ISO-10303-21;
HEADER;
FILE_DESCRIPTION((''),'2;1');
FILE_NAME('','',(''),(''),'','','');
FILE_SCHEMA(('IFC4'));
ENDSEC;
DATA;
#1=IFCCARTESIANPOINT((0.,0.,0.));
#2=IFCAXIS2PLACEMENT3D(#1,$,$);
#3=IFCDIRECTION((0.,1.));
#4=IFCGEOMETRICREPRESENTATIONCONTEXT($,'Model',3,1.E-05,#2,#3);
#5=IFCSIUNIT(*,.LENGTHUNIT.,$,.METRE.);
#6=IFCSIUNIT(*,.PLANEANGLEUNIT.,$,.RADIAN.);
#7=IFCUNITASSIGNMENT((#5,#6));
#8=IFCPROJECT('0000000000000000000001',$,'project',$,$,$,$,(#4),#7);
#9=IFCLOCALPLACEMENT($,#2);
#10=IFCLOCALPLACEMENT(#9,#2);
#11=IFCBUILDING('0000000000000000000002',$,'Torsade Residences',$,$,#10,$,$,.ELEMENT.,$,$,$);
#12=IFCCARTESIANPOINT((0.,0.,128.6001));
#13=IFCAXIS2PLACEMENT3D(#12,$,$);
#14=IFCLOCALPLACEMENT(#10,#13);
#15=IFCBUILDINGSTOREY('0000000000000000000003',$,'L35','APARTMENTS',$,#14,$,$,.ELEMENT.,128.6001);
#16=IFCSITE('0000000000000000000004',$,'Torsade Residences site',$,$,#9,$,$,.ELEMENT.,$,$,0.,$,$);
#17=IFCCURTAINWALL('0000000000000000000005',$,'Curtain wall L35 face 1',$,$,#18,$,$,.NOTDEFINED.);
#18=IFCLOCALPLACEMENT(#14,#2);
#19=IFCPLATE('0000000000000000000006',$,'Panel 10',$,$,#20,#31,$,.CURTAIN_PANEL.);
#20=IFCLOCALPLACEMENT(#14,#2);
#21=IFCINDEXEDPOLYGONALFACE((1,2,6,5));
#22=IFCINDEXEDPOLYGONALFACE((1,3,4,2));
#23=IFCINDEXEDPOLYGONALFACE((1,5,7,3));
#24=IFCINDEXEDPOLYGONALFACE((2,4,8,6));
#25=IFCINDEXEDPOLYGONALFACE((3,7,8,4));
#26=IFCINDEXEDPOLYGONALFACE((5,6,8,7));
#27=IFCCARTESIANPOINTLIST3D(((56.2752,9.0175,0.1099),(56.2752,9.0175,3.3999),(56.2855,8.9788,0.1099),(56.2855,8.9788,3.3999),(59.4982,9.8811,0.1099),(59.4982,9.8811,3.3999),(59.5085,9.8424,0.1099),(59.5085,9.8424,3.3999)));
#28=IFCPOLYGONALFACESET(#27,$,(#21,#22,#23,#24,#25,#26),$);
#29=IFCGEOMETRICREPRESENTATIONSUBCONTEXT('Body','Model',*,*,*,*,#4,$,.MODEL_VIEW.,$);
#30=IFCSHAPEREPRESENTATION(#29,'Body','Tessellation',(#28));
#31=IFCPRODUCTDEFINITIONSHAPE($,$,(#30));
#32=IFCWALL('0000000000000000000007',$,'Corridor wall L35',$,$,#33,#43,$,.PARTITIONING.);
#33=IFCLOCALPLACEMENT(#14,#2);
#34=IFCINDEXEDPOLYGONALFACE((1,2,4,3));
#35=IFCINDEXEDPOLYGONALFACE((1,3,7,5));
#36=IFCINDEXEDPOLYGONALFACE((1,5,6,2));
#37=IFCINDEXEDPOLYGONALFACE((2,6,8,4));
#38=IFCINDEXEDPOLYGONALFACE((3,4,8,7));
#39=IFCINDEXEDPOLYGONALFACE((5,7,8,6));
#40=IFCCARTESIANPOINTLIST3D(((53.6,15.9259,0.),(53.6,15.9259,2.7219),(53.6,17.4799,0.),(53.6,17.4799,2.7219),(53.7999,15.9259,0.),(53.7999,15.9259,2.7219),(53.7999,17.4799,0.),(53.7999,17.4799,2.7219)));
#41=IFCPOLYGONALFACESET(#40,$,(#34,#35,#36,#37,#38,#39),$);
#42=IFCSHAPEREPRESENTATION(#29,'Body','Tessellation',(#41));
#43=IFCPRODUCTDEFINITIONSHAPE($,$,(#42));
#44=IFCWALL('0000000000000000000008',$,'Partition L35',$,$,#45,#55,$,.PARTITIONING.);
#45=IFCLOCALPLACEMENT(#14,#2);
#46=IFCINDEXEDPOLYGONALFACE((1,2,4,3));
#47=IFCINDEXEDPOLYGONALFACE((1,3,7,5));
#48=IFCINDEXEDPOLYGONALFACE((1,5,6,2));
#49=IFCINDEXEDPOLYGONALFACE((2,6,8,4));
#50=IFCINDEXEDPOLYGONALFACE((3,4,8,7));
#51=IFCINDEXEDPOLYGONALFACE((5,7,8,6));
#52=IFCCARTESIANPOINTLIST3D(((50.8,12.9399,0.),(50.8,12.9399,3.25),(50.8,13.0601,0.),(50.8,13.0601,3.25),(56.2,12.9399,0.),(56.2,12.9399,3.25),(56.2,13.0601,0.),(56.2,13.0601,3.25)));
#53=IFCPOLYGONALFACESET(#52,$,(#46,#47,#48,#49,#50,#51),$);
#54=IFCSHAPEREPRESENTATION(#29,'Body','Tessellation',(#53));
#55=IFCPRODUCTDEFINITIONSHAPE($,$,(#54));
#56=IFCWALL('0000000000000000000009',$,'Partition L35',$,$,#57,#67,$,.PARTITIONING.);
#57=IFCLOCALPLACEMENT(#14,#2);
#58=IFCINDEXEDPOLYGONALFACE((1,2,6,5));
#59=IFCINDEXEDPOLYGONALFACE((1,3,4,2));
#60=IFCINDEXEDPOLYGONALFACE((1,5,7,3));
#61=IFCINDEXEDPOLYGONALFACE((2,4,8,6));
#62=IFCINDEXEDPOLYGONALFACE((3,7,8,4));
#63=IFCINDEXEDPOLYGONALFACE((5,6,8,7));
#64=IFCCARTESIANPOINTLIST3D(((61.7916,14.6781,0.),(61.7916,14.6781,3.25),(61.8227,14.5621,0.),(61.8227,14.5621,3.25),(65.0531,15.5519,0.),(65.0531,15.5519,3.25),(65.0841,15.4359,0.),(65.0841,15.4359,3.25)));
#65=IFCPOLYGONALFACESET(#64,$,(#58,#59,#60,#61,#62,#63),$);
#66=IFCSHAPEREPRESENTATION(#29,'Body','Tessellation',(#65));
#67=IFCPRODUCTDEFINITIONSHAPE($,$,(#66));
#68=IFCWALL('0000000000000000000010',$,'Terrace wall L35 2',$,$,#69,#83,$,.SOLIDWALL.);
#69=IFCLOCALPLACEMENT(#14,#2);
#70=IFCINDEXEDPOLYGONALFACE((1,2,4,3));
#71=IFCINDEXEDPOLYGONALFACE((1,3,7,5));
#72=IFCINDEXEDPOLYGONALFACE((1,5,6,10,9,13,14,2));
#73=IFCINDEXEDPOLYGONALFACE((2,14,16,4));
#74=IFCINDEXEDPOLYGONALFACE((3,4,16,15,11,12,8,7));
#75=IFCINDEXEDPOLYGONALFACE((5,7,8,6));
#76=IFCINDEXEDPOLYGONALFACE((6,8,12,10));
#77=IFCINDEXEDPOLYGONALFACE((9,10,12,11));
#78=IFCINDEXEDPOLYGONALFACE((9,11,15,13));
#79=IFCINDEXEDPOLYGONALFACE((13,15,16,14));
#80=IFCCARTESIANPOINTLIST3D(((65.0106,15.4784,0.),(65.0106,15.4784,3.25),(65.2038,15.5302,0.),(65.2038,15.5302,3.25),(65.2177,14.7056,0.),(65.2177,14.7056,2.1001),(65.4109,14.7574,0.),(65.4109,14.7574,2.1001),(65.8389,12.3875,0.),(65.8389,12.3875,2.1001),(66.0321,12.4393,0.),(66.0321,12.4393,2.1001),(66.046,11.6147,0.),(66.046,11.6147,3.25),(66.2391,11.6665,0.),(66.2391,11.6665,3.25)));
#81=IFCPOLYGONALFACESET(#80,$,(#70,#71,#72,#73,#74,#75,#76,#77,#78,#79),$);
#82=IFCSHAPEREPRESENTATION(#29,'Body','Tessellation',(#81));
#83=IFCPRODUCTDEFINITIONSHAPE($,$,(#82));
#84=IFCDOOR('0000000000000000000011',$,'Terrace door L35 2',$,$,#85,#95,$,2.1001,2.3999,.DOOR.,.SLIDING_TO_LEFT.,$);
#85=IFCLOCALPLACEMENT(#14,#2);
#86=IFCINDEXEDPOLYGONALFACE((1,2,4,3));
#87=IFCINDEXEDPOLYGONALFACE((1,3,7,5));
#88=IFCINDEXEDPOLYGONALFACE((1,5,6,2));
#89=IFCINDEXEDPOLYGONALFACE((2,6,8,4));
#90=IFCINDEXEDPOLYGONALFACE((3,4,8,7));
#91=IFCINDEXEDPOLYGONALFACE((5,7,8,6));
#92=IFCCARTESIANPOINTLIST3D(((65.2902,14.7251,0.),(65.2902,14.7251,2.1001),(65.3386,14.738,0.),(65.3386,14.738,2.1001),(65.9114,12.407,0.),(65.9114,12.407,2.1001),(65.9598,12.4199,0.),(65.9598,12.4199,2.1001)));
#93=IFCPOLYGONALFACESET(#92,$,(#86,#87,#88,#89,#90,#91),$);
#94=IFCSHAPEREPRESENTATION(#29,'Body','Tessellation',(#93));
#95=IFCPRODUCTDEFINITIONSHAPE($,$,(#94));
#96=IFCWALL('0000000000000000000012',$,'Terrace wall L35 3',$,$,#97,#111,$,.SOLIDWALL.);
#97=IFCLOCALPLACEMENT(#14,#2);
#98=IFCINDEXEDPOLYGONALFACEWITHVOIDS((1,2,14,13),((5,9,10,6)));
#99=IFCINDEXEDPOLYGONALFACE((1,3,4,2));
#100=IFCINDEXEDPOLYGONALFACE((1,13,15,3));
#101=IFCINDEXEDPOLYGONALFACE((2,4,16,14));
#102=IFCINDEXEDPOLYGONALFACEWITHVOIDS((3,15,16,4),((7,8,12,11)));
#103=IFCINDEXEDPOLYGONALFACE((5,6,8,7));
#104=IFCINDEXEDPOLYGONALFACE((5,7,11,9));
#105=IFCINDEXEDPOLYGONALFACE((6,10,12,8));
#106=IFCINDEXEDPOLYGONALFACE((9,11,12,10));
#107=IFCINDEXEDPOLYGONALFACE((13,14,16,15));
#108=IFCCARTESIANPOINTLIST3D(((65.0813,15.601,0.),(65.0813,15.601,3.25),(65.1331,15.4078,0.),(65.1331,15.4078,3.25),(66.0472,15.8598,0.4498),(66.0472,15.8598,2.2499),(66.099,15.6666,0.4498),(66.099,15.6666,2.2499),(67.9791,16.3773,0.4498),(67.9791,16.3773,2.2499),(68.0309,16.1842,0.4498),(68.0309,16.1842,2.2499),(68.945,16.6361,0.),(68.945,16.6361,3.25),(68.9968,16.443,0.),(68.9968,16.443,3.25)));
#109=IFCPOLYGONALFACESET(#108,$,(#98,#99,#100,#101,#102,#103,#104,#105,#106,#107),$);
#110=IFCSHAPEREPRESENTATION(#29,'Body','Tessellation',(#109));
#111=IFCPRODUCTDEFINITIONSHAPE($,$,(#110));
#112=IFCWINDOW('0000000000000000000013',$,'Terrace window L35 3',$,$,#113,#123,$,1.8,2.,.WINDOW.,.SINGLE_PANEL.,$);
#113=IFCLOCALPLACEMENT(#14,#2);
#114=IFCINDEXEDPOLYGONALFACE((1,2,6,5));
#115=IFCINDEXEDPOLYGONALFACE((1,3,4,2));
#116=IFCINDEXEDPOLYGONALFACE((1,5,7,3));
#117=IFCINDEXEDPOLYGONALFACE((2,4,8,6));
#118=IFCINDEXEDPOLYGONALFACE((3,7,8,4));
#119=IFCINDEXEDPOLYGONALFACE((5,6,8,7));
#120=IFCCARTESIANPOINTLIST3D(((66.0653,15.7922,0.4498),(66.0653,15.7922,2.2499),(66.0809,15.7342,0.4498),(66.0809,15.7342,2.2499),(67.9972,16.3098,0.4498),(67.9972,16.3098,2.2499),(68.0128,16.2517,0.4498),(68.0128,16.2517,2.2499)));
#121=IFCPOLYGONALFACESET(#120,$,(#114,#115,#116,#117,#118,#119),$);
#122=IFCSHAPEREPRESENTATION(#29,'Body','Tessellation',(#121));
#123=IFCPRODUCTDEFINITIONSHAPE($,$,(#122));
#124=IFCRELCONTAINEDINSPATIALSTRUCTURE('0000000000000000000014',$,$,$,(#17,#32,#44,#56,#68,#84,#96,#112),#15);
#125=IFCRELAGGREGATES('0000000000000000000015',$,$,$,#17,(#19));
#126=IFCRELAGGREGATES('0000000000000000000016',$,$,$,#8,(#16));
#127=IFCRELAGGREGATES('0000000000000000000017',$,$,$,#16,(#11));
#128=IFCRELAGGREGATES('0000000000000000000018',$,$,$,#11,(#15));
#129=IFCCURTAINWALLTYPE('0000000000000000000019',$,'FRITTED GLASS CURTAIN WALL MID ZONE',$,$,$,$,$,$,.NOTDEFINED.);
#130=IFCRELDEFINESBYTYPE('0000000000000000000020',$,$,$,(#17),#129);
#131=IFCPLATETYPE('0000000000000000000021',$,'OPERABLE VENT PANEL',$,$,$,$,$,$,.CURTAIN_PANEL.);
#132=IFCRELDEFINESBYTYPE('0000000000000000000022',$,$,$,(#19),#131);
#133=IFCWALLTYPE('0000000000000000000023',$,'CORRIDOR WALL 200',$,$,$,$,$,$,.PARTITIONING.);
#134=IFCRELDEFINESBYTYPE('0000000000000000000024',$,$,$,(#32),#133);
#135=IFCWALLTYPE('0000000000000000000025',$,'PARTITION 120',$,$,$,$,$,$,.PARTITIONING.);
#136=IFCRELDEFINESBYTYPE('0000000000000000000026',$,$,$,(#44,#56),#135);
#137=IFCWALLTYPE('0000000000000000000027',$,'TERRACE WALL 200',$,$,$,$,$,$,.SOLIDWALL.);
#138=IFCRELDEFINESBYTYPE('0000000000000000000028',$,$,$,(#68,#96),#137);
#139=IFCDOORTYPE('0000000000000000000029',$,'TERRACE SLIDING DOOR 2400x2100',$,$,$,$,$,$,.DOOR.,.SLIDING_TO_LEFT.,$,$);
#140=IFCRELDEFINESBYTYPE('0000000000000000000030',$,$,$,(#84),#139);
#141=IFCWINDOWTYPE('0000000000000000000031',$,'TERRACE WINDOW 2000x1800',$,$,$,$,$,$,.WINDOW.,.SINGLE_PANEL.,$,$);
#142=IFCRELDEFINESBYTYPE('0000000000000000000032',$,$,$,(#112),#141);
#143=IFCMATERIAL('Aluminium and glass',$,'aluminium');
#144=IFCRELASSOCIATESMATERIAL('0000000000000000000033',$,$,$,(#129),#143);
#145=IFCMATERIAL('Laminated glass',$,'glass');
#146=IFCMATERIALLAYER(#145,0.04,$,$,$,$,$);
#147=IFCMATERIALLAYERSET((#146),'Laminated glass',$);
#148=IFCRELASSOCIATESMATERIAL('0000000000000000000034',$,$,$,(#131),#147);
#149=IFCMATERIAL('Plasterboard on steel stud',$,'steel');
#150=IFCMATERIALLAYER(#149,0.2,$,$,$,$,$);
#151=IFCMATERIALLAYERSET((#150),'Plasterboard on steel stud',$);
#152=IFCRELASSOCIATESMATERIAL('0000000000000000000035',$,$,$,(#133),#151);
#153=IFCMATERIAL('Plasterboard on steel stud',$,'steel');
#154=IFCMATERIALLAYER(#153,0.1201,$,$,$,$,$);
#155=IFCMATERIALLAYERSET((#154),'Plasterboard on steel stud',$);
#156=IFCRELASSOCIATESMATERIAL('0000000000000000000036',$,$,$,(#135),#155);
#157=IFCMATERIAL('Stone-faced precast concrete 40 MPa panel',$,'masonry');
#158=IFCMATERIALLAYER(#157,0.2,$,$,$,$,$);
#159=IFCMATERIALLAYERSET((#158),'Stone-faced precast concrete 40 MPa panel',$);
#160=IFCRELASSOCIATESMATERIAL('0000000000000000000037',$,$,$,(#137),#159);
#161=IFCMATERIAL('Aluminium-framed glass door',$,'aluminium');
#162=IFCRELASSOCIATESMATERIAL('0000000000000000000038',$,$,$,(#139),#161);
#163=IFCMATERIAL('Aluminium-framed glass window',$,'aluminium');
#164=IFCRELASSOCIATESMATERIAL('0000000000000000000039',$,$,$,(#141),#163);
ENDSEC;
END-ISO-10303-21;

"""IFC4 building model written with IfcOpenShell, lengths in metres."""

from ifc_helpers import new_model, si_unit, direction, frame, frame_2d, origin, origin_2d, place, context, subcontext, project, spatial, rectangle, extrude, material, layer, layer_set, type_object, element, fill, aggregate, save


model = new_model("IFC4")

# Units and contexts
model_context = context("Model", 3, precision=1e-05, world=origin(), true_north=direction((0.0, 1.0)))
body_context = subcontext(model_context, "Body", "Model", "MODEL_VIEW")
ifc_project = project(units=[si_unit("LENGTHUNIT", "METRE"), si_unit("PLANEANGLEUNIT", "RADIAN")], contexts=[model_context])

# Site, building, storey
site_placement = place(None, origin())
site = spatial("IfcSite", under=ifc_project, at=site_placement, Name="Torsade Residences site", CompositionType="ELEMENT", RefElevation=0.0)
building_placement = place(site_placement, origin())
building = spatial("IfcBuilding", under=site, at=building_placement, Name="Torsade Residences", CompositionType="ELEMENT")
storey_placement = place(building_placement, frame((0.0, 0.0, 128.6001)))
storey = spatial("IfcBuildingStorey", under=building, at=storey_placement, Name="L35", Description="APARTMENTS", CompositionType="ELEMENT", Elevation=128.6001)

# Curtain wall
ifc_material_1 = material(Name="Aluminium and glass", Category="aluminium")
curtain_wall_type = type_object("IfcCurtainWallType", Name="FRITTED GLASS CURTAIN WALL MID ZONE", PredefinedType="NOTDEFINED", material=ifc_material_1)
curtain_wall_placement = place(storey_placement, origin())
curtain_wall = element("IfcCurtainWall", 1, at=curtain_wall_placement, inside=storey, type_object=curtain_wall_type, Name="Curtain wall L35 face 1", PredefinedType="NOTDEFINED")

# Plate
ifc_material_2 = material(Name="Laminated glass", Category="glass")
ifc_layer_1 = layer(ifc_material_2, 0.04)
ifc_layer_set_1 = layer_set([ifc_layer_1], Name="Laminated glass")
plate_type_1 = type_object("IfcPlateType", Name="OPERABLE VENT PANEL", PredefinedType="CURTAIN_PANEL", material=ifc_layer_set_1)
plate_1_placement = place(storey_placement, frame((57.8918, 9.4299, 0.1099), z_axis=(0.0, 0.0, 1.0), x_axis=(0.965926, 0.258819, 0.0)))
plate_1 = element("IfcPlate", 2, at=plate_1_placement, type_object=plate_type_1, Name="Panel 10", PredefinedType="CURTAIN_PANEL", context=body_context, shape_type="SweptSolid", body=[
    extrude(rectangle(XDim=3.3367, YDim=0.04, at=origin_2d()), origin(), (0.0, 0.0, 1.0), 3.29),
])
aggregate(curtain_wall, [plate_1])

# Walls
ifc_material_3 = material(Name="Plasterboard on steel stud", Category="steel")
ifc_layer_2 = layer(ifc_material_3, 0.2)
ifc_layer_set_2 = layer_set([ifc_layer_2], Name="Plasterboard on steel stud")
wall_type_1 = type_object("IfcWallType", Name="CORRIDOR WALL 200", PredefinedType="PARTITIONING", material=ifc_layer_set_2)
wall_1_placement = place(storey_placement, frame((53.7, 15.926, 0.0), z_axis=(0.0, 0.0, 1.0), x_axis=(0.0, 1.0, 0.0)))
element("IfcWall", 3, at=wall_1_placement, inside=storey, type_object=wall_type_1, Name="Corridor wall L35", PredefinedType="PARTITIONING", context=body_context, shape_type="SweptSolid", body=[
    extrude(rectangle(XDim=1.554, YDim=0.2, at=frame_2d((0.7769, 0.0))), origin(), (0.0, 0.0, 1.0), 2.7219),
])
ifc_material_4 = material(Name="Plasterboard on steel stud", Category="steel")
ifc_layer_3 = layer(ifc_material_4, 0.1201)
ifc_layer_set_3 = layer_set([ifc_layer_3], Name="Plasterboard on steel stud")
wall_type_2 = type_object("IfcWallType", Name="PARTITION 120", PredefinedType="PARTITIONING", material=ifc_layer_set_3)
wall_2_placement = place(storey_placement, frame((56.2, 13.0, 0.0), z_axis=(0.0, 0.0, 1.0), x_axis=(-1.0, 0.0, 0.0)))
element("IfcWall", 4, at=wall_2_placement, inside=storey, type_object=wall_type_2, Name="Partition L35", PredefinedType="PARTITIONING", context=body_context, shape_type="SweptSolid", body=[
    extrude(rectangle(XDim=5.3999, YDim=0.1201, at=frame_2d((2.7, 0.0))), origin(), (0.0, 0.0, 1.0), 3.25),
])
wall_3_placement = place(storey_placement, frame((65.0686, 15.4939, 0.0), z_axis=(0.0, 0.0, 1.0), x_axis=(-0.965935, -0.258783, 0.0)))
element("IfcWall", 5, at=wall_3_placement, inside=storey, type_object=wall_type_2, Name="Partition L35", PredefinedType="PARTITIONING", context=body_context, shape_type="SweptSolid", body=[
    extrude(rectangle(XDim=3.3765, YDim=0.1201, at=frame_2d((1.6882, 0.0))), origin(), (0.0, 0.0, 1.0), 3.25),
])

# Wall, opening, door
ifc_material_5 = material(Name="Stone-faced precast concrete 40 MPa panel", Category="masonry")
ifc_layer_4 = layer(ifc_material_5, 0.2)
ifc_layer_set_4 = layer_set([ifc_layer_4], Name="Stone-faced precast concrete 40 MPa panel")
wall_type_3 = type_object("IfcWallType", Name="TERRACE WALL 200", PredefinedType="SOLIDWALL", material=ifc_layer_set_4)
wall_4_placement = place(storey_placement, frame((66.1426, 11.6406, 0.0), z_axis=(0.0, 0.0, 1.0), x_axis=(-0.258844, 0.965919, 0.0)))
wall_4 = element("IfcWall", 6, at=wall_4_placement, inside=storey, type_object=wall_type_3, Name="Terrace wall L35 2", PredefinedType="SOLIDWALL", context=body_context, shape_type="SweptSolid", body=[
    extrude(rectangle(XDim=4.0, YDim=0.2, at=frame_2d((2.0, 0.0))), origin(), (0.0, 0.0, 1.0), 3.25),
])
opening_1_placement = place(wall_4_placement, frame((0.8, 0.0, 0.0)))
opening_1 = element("IfcOpeningElement", 7, at=opening_1_placement, cuts=wall_4, PredefinedType="OPENING", context=body_context, shape_type="SweptSolid", body=[
    extrude(rectangle(XDim=2.3999, YDim=2.1001, at=frame_2d((1.2, 1.05))), frame((0.0, 0.1099, 0.0), z_axis=(0.0, -1.0, 0.0), x_axis=(1.0, 0.0, 0.0)), (0.0, 0.0, 1.0), 0.22),
])
ifc_material_6 = material(Name="Aluminium-framed glass door", Category="aluminium")
door_type = type_object("IfcDoorType", Name="TERRACE SLIDING DOOR 2400x2100", OperationType="SLIDING_TO_LEFT", PredefinedType="DOOR", material=ifc_material_6)
door_placement = place(opening_1_placement, origin())
door = element("IfcDoor", 8, at=door_placement, inside=storey, type_object=door_type, Name="Terrace door L35 2", OperationType="SLIDING_TO_LEFT", OverallHeight=2.1001, OverallWidth=2.3999, PredefinedType="DOOR", context=body_context, shape_type="SweptSolid", body=[
    extrude(rectangle(XDim=2.3999, YDim=2.1001, at=frame_2d((1.2, 1.05))), frame((0.0, 0.0249, 0.0), z_axis=(0.0, -1.0, 0.0), x_axis=(1.0, 0.0, 0.0)), (0.0, 0.0, 1.0), 0.05),
])
fill(opening_1, door)

# Wall, opening, window
wall_5_placement = place(storey_placement, frame((65.1072, 15.5044, 0.0), z_axis=(0.0, 0.0, 1.0), x_axis=(0.965934, 0.258787, 0.0)))
wall_5 = element("IfcWall", 9, at=wall_5_placement, inside=storey, type_object=wall_type_3, Name="Terrace wall L35 3", PredefinedType="SOLIDWALL", context=body_context, shape_type="SweptSolid", body=[
    extrude(rectangle(XDim=4.0, YDim=0.2, at=frame_2d((2.0, 0.0))), origin(), (0.0, 0.0, 1.0), 3.25),
])
opening_2_placement = place(wall_5_placement, frame((1.0, 0.0, 0.45)))
opening_2 = element("IfcOpeningElement", 10, at=opening_2_placement, cuts=wall_5, PredefinedType="OPENING", context=body_context, shape_type="SweptSolid", body=[
    extrude(rectangle(XDim=2.0, YDim=1.8, at=frame_2d((1.0, 0.8999))), frame((0.0, 0.1099, 0.0), z_axis=(0.0, -1.0, 0.0), x_axis=(1.0, 0.0, 0.0)), (0.0, 0.0, 1.0), 0.22),
])
ifc_material_7 = material(Name="Aluminium-framed glass window", Category="aluminium")
window_type = type_object("IfcWindowType", Name="TERRACE WINDOW 2000x1800", PartitioningType="SINGLE_PANEL", PredefinedType="WINDOW", material=ifc_material_7)
window_placement = place(opening_2_placement, origin())
window = element("IfcWindow", 11, at=window_placement, inside=storey, type_object=window_type, Name="Terrace window L35 3", OverallHeight=1.8, OverallWidth=2.0, PartitioningType="SINGLE_PANEL", PredefinedType="WINDOW", context=body_context, shape_type="SweptSolid", body=[
    extrude(rectangle(XDim=2.0, YDim=1.8, at=frame_2d((1.0, 0.8999))), frame((0.0, 0.03, 0.0), z_axis=(0.0, -1.0, 0.0), x_axis=(1.0, 0.0, 0.0)), (0.0, 0.0, 1.0), 0.0601),
])
fill(opening_2, window)

save(model, "model.ifc")
